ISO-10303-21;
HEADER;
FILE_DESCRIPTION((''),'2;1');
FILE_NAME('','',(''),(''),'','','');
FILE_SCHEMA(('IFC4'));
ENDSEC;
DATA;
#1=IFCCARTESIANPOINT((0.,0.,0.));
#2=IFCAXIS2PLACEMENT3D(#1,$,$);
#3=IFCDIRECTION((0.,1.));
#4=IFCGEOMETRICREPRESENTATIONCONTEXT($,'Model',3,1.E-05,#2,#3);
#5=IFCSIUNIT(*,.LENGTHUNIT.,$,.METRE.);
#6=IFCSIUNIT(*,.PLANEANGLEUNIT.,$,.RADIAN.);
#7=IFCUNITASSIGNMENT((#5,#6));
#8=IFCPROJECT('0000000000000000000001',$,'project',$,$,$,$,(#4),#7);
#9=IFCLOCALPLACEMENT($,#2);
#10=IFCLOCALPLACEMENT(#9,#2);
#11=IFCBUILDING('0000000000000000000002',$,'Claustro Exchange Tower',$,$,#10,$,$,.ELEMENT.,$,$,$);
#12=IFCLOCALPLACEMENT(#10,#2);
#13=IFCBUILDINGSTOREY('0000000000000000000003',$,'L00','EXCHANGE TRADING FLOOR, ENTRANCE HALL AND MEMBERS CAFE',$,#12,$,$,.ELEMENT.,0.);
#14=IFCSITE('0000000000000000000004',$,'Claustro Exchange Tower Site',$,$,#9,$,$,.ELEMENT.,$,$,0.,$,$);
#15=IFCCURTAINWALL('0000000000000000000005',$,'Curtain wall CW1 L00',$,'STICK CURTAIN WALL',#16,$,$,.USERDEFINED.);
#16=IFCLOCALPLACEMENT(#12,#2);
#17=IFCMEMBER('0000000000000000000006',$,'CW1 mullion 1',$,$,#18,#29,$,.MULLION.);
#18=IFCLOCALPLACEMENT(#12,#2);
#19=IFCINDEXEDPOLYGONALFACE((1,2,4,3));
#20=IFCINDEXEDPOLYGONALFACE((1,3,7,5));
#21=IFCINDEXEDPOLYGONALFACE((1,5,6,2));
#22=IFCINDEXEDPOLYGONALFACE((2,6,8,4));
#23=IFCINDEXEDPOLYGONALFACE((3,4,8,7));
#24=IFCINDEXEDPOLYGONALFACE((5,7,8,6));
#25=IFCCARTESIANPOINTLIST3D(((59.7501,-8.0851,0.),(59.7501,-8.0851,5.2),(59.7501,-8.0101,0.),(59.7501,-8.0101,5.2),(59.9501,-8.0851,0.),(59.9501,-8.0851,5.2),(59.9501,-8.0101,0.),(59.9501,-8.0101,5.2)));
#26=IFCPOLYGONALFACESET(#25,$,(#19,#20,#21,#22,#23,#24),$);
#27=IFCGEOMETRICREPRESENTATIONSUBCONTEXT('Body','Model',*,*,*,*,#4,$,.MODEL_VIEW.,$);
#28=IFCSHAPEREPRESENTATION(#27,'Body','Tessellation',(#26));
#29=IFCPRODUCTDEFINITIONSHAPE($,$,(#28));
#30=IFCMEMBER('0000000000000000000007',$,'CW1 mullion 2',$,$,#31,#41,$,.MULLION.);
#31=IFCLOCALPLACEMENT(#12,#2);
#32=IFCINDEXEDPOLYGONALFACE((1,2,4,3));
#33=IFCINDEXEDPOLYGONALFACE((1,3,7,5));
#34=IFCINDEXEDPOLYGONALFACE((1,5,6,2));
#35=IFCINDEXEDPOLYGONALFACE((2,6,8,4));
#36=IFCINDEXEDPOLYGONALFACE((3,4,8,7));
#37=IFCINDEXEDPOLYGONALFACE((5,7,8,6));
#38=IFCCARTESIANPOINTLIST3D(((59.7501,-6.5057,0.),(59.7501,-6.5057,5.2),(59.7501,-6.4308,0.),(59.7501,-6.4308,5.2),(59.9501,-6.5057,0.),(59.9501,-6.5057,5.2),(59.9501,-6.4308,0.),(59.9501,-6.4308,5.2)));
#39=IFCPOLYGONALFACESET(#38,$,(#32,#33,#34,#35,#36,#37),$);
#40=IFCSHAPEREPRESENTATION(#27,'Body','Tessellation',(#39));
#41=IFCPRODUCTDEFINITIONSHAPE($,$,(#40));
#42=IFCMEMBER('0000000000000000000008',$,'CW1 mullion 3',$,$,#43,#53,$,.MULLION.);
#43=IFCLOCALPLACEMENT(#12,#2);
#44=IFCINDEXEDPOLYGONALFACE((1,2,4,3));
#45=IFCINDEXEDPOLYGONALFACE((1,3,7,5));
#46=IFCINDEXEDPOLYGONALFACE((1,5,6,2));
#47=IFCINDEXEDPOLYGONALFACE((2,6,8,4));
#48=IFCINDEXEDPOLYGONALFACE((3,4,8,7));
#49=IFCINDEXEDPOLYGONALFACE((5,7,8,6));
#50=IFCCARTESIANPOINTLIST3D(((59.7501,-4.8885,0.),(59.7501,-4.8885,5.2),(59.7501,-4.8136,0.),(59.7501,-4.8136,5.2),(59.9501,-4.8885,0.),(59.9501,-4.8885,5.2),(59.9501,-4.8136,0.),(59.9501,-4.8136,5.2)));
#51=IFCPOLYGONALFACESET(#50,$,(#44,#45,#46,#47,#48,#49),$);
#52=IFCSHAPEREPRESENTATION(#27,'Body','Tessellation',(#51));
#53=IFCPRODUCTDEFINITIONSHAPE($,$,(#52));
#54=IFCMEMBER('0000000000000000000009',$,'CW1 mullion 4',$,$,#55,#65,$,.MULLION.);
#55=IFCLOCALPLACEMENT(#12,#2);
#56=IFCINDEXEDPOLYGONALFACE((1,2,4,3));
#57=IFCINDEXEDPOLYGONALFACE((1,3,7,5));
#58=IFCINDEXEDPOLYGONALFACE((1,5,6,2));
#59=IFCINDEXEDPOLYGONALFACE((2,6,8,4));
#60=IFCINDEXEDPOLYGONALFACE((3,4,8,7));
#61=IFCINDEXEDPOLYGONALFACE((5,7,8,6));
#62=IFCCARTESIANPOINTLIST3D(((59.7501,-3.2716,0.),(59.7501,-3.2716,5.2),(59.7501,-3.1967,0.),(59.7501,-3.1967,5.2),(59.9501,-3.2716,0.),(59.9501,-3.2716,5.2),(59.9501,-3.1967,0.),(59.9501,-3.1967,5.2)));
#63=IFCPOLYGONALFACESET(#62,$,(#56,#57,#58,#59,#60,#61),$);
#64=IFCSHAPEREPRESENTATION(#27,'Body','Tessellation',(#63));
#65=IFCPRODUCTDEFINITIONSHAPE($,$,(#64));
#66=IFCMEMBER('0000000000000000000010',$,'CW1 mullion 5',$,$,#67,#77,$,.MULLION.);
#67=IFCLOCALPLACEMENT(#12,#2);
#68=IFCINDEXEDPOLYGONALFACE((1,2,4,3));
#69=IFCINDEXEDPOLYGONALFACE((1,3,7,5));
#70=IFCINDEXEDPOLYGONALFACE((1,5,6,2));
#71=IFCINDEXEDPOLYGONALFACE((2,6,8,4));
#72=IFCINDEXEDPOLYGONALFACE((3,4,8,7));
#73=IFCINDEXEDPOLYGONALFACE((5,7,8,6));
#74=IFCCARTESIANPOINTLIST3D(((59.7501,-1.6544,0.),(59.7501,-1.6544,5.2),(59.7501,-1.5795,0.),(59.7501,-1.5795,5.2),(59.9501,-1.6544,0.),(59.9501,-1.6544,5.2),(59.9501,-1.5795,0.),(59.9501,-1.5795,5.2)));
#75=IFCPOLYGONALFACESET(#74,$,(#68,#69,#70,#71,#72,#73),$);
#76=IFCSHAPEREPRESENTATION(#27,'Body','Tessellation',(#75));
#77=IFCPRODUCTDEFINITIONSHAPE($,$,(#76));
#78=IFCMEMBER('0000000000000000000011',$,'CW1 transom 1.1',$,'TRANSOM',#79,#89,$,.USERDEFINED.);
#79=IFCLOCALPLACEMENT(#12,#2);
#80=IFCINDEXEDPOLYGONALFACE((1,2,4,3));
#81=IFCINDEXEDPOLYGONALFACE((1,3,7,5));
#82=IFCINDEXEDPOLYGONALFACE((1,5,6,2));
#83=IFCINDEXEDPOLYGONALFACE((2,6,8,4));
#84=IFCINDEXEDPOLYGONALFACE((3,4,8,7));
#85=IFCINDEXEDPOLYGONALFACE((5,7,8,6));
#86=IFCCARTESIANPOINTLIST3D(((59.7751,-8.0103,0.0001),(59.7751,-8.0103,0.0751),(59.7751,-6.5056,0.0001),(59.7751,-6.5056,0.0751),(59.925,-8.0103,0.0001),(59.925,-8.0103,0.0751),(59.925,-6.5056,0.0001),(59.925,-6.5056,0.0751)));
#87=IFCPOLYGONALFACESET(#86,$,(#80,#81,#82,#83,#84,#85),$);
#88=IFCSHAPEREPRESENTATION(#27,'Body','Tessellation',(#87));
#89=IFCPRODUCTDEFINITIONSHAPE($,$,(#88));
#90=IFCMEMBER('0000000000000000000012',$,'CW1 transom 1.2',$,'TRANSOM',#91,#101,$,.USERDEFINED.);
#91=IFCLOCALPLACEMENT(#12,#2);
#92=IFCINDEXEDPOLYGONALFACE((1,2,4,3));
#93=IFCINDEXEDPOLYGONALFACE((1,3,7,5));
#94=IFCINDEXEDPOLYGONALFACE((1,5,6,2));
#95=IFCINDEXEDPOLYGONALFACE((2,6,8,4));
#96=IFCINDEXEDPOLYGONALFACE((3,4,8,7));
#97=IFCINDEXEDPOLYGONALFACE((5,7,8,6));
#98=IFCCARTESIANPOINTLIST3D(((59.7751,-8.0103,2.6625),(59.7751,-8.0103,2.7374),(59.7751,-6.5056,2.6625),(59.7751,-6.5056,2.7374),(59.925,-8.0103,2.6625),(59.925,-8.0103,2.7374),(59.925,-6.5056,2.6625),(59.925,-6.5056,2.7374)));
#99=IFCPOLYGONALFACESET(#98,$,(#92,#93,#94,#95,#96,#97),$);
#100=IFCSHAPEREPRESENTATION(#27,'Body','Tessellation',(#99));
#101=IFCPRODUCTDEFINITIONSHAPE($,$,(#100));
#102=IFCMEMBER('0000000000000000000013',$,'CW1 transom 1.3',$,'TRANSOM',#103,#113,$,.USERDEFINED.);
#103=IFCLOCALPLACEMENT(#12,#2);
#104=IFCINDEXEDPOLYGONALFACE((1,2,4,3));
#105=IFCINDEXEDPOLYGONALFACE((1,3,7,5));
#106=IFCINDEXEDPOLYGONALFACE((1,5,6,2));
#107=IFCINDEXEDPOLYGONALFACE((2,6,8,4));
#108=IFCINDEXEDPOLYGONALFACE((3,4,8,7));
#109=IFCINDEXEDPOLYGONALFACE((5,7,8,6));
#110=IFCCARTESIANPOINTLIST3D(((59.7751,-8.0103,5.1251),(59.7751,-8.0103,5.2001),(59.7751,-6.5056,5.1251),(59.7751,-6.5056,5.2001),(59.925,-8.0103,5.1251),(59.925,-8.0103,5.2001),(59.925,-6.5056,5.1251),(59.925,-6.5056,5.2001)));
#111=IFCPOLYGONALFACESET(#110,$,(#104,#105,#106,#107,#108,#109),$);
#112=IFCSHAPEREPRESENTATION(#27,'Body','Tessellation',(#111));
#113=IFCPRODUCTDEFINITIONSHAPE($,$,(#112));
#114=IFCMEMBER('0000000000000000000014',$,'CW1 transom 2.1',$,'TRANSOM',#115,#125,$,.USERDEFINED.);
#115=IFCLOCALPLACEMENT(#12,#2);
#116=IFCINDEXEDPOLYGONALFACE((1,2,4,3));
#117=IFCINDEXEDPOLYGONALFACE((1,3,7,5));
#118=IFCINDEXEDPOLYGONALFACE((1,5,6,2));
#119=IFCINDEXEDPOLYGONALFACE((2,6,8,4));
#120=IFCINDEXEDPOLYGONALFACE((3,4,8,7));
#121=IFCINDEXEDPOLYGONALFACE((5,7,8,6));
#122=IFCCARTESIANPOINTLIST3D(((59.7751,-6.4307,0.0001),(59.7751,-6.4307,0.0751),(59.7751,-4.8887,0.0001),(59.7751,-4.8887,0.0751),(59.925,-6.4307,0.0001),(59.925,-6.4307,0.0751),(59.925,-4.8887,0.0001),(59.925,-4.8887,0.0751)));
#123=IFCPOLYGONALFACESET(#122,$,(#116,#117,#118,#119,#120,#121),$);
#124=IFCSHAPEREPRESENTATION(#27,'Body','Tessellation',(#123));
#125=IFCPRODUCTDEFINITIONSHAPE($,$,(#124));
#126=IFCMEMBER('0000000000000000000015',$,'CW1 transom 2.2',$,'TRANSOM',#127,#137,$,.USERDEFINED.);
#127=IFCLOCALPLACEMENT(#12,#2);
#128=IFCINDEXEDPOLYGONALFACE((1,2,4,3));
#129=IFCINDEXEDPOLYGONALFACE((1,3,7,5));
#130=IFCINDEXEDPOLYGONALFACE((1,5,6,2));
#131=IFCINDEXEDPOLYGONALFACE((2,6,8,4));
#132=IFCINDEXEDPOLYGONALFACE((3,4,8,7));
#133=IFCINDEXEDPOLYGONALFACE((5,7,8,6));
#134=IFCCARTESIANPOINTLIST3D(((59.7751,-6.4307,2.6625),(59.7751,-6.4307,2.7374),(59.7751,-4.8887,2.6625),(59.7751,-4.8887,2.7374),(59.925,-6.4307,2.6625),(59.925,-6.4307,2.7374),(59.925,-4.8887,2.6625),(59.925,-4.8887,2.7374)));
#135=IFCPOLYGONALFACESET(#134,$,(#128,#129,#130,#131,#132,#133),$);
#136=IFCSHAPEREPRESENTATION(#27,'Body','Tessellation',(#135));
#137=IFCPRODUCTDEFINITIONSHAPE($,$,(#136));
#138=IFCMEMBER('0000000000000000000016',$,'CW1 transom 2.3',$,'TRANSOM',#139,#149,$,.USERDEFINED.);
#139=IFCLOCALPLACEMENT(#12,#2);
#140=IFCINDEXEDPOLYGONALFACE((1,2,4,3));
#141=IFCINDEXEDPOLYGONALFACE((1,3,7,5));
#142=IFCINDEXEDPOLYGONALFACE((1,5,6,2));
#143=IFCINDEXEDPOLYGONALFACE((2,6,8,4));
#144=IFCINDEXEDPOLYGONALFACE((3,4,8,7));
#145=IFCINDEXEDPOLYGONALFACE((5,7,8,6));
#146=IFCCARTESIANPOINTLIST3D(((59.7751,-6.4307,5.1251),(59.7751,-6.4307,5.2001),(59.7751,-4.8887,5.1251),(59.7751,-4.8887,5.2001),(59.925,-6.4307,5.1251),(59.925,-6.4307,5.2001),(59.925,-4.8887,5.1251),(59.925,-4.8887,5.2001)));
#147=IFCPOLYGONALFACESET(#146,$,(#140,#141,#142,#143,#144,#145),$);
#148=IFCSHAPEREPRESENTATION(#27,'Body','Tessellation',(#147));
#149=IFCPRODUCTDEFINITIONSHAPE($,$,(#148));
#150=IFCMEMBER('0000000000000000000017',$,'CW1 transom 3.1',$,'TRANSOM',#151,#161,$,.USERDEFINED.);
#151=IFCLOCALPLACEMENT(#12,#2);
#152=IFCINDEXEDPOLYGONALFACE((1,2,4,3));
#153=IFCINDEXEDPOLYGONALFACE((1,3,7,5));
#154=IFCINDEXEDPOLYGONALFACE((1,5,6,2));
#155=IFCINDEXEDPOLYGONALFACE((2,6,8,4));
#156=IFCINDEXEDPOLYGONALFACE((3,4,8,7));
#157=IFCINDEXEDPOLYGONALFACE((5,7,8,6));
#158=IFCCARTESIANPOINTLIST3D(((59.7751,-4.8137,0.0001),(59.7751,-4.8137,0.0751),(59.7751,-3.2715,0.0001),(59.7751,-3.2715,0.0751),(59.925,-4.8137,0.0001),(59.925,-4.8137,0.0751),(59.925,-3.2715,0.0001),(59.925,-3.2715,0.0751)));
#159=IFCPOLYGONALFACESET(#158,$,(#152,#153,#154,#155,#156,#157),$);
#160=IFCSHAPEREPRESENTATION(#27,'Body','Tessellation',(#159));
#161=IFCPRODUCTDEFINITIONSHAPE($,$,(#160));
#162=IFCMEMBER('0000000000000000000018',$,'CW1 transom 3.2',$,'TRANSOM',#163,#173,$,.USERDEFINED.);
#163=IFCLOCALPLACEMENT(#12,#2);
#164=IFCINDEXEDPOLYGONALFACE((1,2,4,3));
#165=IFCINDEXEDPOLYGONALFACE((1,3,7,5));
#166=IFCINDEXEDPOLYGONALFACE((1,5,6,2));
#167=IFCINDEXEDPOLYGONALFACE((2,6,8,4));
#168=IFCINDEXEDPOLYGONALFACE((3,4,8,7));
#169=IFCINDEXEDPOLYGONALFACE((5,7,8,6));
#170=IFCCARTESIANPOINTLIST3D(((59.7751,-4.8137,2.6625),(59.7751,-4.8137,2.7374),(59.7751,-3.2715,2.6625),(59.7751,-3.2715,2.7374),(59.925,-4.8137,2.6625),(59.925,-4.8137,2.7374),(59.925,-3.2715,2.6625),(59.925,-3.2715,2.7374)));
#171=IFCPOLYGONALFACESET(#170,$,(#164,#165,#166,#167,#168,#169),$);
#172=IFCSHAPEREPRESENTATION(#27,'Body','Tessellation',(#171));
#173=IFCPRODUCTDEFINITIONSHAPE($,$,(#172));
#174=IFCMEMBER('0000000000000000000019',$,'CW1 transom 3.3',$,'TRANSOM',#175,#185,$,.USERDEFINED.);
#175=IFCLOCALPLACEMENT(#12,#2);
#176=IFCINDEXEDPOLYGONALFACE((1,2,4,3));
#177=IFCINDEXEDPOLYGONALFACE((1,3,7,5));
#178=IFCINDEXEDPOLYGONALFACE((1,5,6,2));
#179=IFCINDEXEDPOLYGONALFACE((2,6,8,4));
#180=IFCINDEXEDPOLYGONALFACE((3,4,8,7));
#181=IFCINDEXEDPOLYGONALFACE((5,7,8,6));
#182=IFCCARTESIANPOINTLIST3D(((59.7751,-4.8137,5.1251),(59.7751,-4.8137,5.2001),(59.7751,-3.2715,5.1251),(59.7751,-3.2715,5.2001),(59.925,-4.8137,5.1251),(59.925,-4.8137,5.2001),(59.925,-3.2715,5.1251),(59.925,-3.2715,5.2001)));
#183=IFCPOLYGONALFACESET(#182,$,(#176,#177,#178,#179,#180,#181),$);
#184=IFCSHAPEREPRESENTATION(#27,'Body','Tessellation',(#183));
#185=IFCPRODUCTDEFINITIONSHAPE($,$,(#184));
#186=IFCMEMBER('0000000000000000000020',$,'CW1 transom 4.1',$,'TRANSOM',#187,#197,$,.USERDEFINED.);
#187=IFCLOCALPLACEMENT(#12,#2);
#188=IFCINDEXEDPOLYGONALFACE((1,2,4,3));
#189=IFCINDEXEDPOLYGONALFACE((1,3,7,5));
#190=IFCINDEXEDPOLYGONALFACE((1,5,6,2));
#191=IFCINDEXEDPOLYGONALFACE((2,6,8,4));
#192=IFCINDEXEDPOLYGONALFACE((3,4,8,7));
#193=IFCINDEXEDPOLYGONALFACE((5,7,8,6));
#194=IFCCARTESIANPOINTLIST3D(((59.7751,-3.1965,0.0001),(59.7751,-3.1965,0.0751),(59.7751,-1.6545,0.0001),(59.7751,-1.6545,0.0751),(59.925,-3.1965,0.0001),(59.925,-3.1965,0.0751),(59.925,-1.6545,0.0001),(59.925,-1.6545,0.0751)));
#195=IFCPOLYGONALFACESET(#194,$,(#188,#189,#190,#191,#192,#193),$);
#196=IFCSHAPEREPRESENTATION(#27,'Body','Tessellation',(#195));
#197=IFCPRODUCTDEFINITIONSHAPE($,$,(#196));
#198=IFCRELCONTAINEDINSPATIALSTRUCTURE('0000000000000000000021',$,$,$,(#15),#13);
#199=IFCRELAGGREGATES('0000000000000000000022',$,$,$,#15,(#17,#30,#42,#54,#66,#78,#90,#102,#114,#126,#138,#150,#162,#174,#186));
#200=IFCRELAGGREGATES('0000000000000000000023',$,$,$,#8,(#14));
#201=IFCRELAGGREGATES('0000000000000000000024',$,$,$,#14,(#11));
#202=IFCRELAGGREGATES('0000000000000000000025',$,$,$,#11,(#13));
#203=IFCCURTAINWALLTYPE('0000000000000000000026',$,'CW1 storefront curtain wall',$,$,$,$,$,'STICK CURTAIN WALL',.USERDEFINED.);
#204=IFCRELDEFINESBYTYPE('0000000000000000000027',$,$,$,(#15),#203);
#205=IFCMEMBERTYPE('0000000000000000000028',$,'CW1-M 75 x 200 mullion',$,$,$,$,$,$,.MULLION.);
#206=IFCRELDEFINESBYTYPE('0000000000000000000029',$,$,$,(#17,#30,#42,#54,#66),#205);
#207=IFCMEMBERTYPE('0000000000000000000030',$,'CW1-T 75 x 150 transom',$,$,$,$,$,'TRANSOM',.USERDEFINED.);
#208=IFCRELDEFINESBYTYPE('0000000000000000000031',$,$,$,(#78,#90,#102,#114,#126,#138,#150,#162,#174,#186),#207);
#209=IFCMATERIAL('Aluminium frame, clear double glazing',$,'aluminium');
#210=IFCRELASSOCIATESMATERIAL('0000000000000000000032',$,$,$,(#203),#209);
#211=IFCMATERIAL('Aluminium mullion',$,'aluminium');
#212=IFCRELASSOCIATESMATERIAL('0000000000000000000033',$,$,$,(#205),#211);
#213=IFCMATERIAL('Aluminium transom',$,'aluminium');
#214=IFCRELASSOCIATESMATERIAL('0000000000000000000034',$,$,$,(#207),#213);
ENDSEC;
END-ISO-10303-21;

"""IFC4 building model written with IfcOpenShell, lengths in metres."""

from ifc_helpers import new_model, si_unit, direction, frame, origin, origin_2d, place, context, subcontext, project, spatial, rectangle, extrude, material, material_profile, profile_set, type_object, element, aggregate, save


model = new_model("IFC4")

# Units and contexts
model_context = context("Model", 3, precision=1e-05, world=origin(), true_north=direction((0.0, 1.0)))
body_context = subcontext(model_context, "Body", "Model", "MODEL_VIEW")
ifc_project = project(units=[si_unit("LENGTHUNIT", "METRE"), si_unit("PLANEANGLEUNIT", "RADIAN")], contexts=[model_context])

# Site, building, storey
site_placement = place(None, origin())
site = spatial("IfcSite", under=ifc_project, at=site_placement, Name="Claustro Exchange Tower Site", CompositionType="ELEMENT", RefElevation=0.0)
building_placement = place(site_placement, origin())
building = spatial("IfcBuilding", under=site, at=building_placement, Name="Claustro Exchange Tower", CompositionType="ELEMENT")
storey_placement = place(building_placement, origin())
storey = spatial("IfcBuildingStorey", under=building, at=storey_placement, Name="L00", Description="EXCHANGE TRADING FLOOR, ENTRANCE HALL AND MEMBERS CAFE", CompositionType="ELEMENT", Elevation=0.0)

# Curtain wall, members
ifc_material_1 = material(Name="Aluminium frame, clear double glazing", Category="aluminium")
curtain_wall_type = type_object("IfcCurtainWallType", Name="CW1 storefront curtain wall", ElementType="STICK CURTAIN WALL", PredefinedType="USERDEFINED", material=ifc_material_1)
curtain_wall_placement = place(storey_placement, origin())
curtain_wall = element("IfcCurtainWall", 1, at=curtain_wall_placement, inside=storey, type_object=curtain_wall_type, Name="Curtain wall CW1 L00", ObjectType="STICK CURTAIN WALL", PredefinedType="USERDEFINED")
ifc_material_2 = material(Name="Aluminium mullion", Category="aluminium")
ifc_material_profile_1 = material_profile(ifc_material_2, rectangle(XDim=0.2, YDim=0.075, at=origin_2d()), Name="CW1-M 75x200")
ifc_profile_set_1 = profile_set([ifc_material_profile_1], Name="Aluminium mullion")
member_type_1 = type_object("IfcMemberType", Name="CW1-M 75 x 200 mullion", PredefinedType="MULLION", material=ifc_profile_set_1)
member_1_placement = place(storey_placement, frame((59.8501, -8.0476, 0.0), z_axis=(0.0, 0.0, 1.0), x_axis=(-1.0, 0.0, 0.0)))
member_1 = element("IfcMember", 2, at=member_1_placement, type_object=member_type_1, Name="CW1 mullion 1", PredefinedType="MULLION", context=body_context, shape_type="SweptSolid", body=[
    extrude(rectangle(XDim=0.2, YDim=0.075, at=origin_2d()), origin(), (0.0, 0.0, 1.0), 5.2),
])
member_2_placement = place(storey_placement, frame((59.8501, -6.4683, 0.0), z_axis=(0.0, 0.0, 1.0), x_axis=(-1.0, 0.0, 0.0)))
member_2 = element("IfcMember", 3, at=member_2_placement, type_object=member_type_1, Name="CW1 mullion 2", PredefinedType="MULLION", context=body_context, shape_type="SweptSolid", body=[
    extrude(rectangle(XDim=0.2, YDim=0.075, at=origin_2d()), origin(), (0.0, 0.0, 1.0), 5.2),
])
member_3_placement = place(storey_placement, frame((59.8501, -4.8511, 0.0), z_axis=(0.0, 0.0, 1.0), x_axis=(-1.0, 0.0, 0.0)))
member_3 = element("IfcMember", 4, at=member_3_placement, type_object=member_type_1, Name="CW1 mullion 3", PredefinedType="MULLION", context=body_context, shape_type="SweptSolid", body=[
    extrude(rectangle(XDim=0.2, YDim=0.075, at=origin_2d()), origin(), (0.0, 0.0, 1.0), 5.2),
])
member_4_placement = place(storey_placement, frame((59.8501, -3.2341, 0.0), z_axis=(0.0, 0.0, 1.0), x_axis=(-1.0, 0.0, 0.0)))
member_4 = element("IfcMember", 5, at=member_4_placement, type_object=member_type_1, Name="CW1 mullion 4", PredefinedType="MULLION", context=body_context, shape_type="SweptSolid", body=[
    extrude(rectangle(XDim=0.2, YDim=0.075, at=origin_2d()), origin(), (0.0, 0.0, 1.0), 5.2),
])
member_5_placement = place(storey_placement, frame((59.8501, -1.6169, 0.0), z_axis=(0.0, 0.0, 1.0), x_axis=(-1.0, 0.0, 0.0)))
member_5 = element("IfcMember", 6, at=member_5_placement, type_object=member_type_1, Name="CW1 mullion 5", PredefinedType="MULLION", context=body_context, shape_type="SweptSolid", body=[
    extrude(rectangle(XDim=0.2, YDim=0.075, at=origin_2d()), origin(), (0.0, 0.0, 1.0), 5.2),
])
ifc_material_3 = material(Name="Aluminium transom", Category="aluminium")
ifc_material_profile_2 = material_profile(ifc_material_3, rectangle(XDim=0.1499, YDim=0.075, at=origin_2d()), Name="CW1-T 75x150")
ifc_profile_set_2 = profile_set([ifc_material_profile_2], Name="Aluminium transom")
member_type_2 = type_object("IfcMemberType", Name="CW1-T 75 x 150 transom", ElementType="TRANSOM", PredefinedType="USERDEFINED", material=ifc_profile_set_2)
member_6_placement = place(storey_placement, frame((59.8501, -8.0103, 0.0376), z_axis=(0.0, 1.0, 0.0), x_axis=(-1.0, 0.0, 0.0)))
member_6 = element("IfcMember", 7, at=member_6_placement, type_object=member_type_2, Name="CW1 transom 1.1", ObjectType="TRANSOM", PredefinedType="USERDEFINED", context=body_context, shape_type="SweptSolid", body=[
    extrude(rectangle(XDim=0.1499, YDim=0.075, at=origin_2d()), origin(), (0.0, 0.0, 1.0), 1.5046),
])
member_7_placement = place(storey_placement, frame((59.8501, -8.0103, 2.7), z_axis=(0.0, 1.0, 0.0), x_axis=(-1.0, 0.0, 0.0)))
member_7 = element("IfcMember", 8, at=member_7_placement, type_object=member_type_2, Name="CW1 transom 1.2", ObjectType="TRANSOM", PredefinedType="USERDEFINED", context=body_context, shape_type="SweptSolid", body=[
    extrude(rectangle(XDim=0.1499, YDim=0.075, at=origin_2d()), origin(), (0.0, 0.0, 1.0), 1.5046),
])
member_8_placement = place(storey_placement, frame((59.8501, -8.0103, 5.1626), z_axis=(0.0, 1.0, 0.0), x_axis=(-1.0, 0.0, 0.0)))
member_8 = element("IfcMember", 9, at=member_8_placement, type_object=member_type_2, Name="CW1 transom 1.3", ObjectType="TRANSOM", PredefinedType="USERDEFINED", context=body_context, shape_type="SweptSolid", body=[
    extrude(rectangle(XDim=0.1499, YDim=0.075, at=origin_2d()), origin(), (0.0, 0.0, 1.0), 1.5046),
])
member_9_placement = place(storey_placement, frame((59.8501, -6.4307, 0.0376), z_axis=(0.0, 1.0, 0.0), x_axis=(-1.0, 0.0, 0.0)))
member_9 = element("IfcMember", 10, at=member_9_placement, type_object=member_type_2, Name="CW1 transom 2.1", ObjectType="TRANSOM", PredefinedType="USERDEFINED", context=body_context, shape_type="SweptSolid", body=[
    extrude(rectangle(XDim=0.1499, YDim=0.075, at=origin_2d()), origin(), (0.0, 0.0, 1.0), 1.542),
])
member_10_placement = place(storey_placement, frame((59.8501, -6.4307, 2.7), z_axis=(0.0, 1.0, 0.0), x_axis=(-1.0, 0.0, 0.0)))
member_10 = element("IfcMember", 11, at=member_10_placement, type_object=member_type_2, Name="CW1 transom 2.2", ObjectType="TRANSOM", PredefinedType="USERDEFINED", context=body_context, shape_type="SweptSolid", body=[
    extrude(rectangle(XDim=0.1499, YDim=0.075, at=origin_2d()), origin(), (0.0, 0.0, 1.0), 1.542),
])
member_11_placement = place(storey_placement, frame((59.8501, -6.4307, 5.1626), z_axis=(0.0, 1.0, 0.0), x_axis=(-1.0, 0.0, 0.0)))
member_11 = element("IfcMember", 12, at=member_11_placement, type_object=member_type_2, Name="CW1 transom 2.3", ObjectType="TRANSOM", PredefinedType="USERDEFINED", context=body_context, shape_type="SweptSolid", body=[
    extrude(rectangle(XDim=0.1499, YDim=0.075, at=origin_2d()), origin(), (0.0, 0.0, 1.0), 1.542),
])
member_12_placement = place(storey_placement, frame((59.8501, -4.8137, 0.0376), z_axis=(0.0, 1.0, 0.0), x_axis=(-1.0, 0.0, 0.0)))
member_12 = element("IfcMember", 13, at=member_12_placement, type_object=member_type_2, Name="CW1 transom 3.1", ObjectType="TRANSOM", PredefinedType="USERDEFINED", context=body_context, shape_type="SweptSolid", body=[
    extrude(rectangle(XDim=0.1499, YDim=0.075, at=origin_2d()), origin(), (0.0, 0.0, 1.0), 1.5422),
])
member_13_placement = place(storey_placement, frame((59.8501, -4.8137, 2.7), z_axis=(0.0, 1.0, 0.0), x_axis=(-1.0, 0.0, 0.0)))
member_13 = element("IfcMember", 14, at=member_13_placement, type_object=member_type_2, Name="CW1 transom 3.2", ObjectType="TRANSOM", PredefinedType="USERDEFINED", context=body_context, shape_type="SweptSolid", body=[
    extrude(rectangle(XDim=0.1499, YDim=0.075, at=origin_2d()), origin(), (0.0, 0.0, 1.0), 1.5422),
])
member_14_placement = place(storey_placement, frame((59.8501, -4.8137, 5.1626), z_axis=(0.0, 1.0, 0.0), x_axis=(-1.0, 0.0, 0.0)))
member_14 = element("IfcMember", 15, at=member_14_placement, type_object=member_type_2, Name="CW1 transom 3.3", ObjectType="TRANSOM", PredefinedType="USERDEFINED", context=body_context, shape_type="SweptSolid", body=[
    extrude(rectangle(XDim=0.1499, YDim=0.075, at=origin_2d()), origin(), (0.0, 0.0, 1.0), 1.5422),
])
member_15_placement = place(storey_placement, frame((59.8501, -3.1965, 0.0376), z_axis=(0.0, 1.0, 0.0), x_axis=(-1.0, 0.0, 0.0)))
member_15 = element("IfcMember", 16, at=member_15_placement, type_object=member_type_2, Name="CW1 transom 4.1", ObjectType="TRANSOM", PredefinedType="USERDEFINED", context=body_context, shape_type="SweptSolid", body=[
    extrude(rectangle(XDim=0.1499, YDim=0.075, at=origin_2d()), origin(), (0.0, 0.0, 1.0), 1.542),
])
aggregate(curtain_wall, [member_1, member_2, member_3, member_4, member_5, member_6, member_7, member_8, member_9, member_10, member_11, member_12, member_13, member_14, member_15])

save(model, "model.ifc")
